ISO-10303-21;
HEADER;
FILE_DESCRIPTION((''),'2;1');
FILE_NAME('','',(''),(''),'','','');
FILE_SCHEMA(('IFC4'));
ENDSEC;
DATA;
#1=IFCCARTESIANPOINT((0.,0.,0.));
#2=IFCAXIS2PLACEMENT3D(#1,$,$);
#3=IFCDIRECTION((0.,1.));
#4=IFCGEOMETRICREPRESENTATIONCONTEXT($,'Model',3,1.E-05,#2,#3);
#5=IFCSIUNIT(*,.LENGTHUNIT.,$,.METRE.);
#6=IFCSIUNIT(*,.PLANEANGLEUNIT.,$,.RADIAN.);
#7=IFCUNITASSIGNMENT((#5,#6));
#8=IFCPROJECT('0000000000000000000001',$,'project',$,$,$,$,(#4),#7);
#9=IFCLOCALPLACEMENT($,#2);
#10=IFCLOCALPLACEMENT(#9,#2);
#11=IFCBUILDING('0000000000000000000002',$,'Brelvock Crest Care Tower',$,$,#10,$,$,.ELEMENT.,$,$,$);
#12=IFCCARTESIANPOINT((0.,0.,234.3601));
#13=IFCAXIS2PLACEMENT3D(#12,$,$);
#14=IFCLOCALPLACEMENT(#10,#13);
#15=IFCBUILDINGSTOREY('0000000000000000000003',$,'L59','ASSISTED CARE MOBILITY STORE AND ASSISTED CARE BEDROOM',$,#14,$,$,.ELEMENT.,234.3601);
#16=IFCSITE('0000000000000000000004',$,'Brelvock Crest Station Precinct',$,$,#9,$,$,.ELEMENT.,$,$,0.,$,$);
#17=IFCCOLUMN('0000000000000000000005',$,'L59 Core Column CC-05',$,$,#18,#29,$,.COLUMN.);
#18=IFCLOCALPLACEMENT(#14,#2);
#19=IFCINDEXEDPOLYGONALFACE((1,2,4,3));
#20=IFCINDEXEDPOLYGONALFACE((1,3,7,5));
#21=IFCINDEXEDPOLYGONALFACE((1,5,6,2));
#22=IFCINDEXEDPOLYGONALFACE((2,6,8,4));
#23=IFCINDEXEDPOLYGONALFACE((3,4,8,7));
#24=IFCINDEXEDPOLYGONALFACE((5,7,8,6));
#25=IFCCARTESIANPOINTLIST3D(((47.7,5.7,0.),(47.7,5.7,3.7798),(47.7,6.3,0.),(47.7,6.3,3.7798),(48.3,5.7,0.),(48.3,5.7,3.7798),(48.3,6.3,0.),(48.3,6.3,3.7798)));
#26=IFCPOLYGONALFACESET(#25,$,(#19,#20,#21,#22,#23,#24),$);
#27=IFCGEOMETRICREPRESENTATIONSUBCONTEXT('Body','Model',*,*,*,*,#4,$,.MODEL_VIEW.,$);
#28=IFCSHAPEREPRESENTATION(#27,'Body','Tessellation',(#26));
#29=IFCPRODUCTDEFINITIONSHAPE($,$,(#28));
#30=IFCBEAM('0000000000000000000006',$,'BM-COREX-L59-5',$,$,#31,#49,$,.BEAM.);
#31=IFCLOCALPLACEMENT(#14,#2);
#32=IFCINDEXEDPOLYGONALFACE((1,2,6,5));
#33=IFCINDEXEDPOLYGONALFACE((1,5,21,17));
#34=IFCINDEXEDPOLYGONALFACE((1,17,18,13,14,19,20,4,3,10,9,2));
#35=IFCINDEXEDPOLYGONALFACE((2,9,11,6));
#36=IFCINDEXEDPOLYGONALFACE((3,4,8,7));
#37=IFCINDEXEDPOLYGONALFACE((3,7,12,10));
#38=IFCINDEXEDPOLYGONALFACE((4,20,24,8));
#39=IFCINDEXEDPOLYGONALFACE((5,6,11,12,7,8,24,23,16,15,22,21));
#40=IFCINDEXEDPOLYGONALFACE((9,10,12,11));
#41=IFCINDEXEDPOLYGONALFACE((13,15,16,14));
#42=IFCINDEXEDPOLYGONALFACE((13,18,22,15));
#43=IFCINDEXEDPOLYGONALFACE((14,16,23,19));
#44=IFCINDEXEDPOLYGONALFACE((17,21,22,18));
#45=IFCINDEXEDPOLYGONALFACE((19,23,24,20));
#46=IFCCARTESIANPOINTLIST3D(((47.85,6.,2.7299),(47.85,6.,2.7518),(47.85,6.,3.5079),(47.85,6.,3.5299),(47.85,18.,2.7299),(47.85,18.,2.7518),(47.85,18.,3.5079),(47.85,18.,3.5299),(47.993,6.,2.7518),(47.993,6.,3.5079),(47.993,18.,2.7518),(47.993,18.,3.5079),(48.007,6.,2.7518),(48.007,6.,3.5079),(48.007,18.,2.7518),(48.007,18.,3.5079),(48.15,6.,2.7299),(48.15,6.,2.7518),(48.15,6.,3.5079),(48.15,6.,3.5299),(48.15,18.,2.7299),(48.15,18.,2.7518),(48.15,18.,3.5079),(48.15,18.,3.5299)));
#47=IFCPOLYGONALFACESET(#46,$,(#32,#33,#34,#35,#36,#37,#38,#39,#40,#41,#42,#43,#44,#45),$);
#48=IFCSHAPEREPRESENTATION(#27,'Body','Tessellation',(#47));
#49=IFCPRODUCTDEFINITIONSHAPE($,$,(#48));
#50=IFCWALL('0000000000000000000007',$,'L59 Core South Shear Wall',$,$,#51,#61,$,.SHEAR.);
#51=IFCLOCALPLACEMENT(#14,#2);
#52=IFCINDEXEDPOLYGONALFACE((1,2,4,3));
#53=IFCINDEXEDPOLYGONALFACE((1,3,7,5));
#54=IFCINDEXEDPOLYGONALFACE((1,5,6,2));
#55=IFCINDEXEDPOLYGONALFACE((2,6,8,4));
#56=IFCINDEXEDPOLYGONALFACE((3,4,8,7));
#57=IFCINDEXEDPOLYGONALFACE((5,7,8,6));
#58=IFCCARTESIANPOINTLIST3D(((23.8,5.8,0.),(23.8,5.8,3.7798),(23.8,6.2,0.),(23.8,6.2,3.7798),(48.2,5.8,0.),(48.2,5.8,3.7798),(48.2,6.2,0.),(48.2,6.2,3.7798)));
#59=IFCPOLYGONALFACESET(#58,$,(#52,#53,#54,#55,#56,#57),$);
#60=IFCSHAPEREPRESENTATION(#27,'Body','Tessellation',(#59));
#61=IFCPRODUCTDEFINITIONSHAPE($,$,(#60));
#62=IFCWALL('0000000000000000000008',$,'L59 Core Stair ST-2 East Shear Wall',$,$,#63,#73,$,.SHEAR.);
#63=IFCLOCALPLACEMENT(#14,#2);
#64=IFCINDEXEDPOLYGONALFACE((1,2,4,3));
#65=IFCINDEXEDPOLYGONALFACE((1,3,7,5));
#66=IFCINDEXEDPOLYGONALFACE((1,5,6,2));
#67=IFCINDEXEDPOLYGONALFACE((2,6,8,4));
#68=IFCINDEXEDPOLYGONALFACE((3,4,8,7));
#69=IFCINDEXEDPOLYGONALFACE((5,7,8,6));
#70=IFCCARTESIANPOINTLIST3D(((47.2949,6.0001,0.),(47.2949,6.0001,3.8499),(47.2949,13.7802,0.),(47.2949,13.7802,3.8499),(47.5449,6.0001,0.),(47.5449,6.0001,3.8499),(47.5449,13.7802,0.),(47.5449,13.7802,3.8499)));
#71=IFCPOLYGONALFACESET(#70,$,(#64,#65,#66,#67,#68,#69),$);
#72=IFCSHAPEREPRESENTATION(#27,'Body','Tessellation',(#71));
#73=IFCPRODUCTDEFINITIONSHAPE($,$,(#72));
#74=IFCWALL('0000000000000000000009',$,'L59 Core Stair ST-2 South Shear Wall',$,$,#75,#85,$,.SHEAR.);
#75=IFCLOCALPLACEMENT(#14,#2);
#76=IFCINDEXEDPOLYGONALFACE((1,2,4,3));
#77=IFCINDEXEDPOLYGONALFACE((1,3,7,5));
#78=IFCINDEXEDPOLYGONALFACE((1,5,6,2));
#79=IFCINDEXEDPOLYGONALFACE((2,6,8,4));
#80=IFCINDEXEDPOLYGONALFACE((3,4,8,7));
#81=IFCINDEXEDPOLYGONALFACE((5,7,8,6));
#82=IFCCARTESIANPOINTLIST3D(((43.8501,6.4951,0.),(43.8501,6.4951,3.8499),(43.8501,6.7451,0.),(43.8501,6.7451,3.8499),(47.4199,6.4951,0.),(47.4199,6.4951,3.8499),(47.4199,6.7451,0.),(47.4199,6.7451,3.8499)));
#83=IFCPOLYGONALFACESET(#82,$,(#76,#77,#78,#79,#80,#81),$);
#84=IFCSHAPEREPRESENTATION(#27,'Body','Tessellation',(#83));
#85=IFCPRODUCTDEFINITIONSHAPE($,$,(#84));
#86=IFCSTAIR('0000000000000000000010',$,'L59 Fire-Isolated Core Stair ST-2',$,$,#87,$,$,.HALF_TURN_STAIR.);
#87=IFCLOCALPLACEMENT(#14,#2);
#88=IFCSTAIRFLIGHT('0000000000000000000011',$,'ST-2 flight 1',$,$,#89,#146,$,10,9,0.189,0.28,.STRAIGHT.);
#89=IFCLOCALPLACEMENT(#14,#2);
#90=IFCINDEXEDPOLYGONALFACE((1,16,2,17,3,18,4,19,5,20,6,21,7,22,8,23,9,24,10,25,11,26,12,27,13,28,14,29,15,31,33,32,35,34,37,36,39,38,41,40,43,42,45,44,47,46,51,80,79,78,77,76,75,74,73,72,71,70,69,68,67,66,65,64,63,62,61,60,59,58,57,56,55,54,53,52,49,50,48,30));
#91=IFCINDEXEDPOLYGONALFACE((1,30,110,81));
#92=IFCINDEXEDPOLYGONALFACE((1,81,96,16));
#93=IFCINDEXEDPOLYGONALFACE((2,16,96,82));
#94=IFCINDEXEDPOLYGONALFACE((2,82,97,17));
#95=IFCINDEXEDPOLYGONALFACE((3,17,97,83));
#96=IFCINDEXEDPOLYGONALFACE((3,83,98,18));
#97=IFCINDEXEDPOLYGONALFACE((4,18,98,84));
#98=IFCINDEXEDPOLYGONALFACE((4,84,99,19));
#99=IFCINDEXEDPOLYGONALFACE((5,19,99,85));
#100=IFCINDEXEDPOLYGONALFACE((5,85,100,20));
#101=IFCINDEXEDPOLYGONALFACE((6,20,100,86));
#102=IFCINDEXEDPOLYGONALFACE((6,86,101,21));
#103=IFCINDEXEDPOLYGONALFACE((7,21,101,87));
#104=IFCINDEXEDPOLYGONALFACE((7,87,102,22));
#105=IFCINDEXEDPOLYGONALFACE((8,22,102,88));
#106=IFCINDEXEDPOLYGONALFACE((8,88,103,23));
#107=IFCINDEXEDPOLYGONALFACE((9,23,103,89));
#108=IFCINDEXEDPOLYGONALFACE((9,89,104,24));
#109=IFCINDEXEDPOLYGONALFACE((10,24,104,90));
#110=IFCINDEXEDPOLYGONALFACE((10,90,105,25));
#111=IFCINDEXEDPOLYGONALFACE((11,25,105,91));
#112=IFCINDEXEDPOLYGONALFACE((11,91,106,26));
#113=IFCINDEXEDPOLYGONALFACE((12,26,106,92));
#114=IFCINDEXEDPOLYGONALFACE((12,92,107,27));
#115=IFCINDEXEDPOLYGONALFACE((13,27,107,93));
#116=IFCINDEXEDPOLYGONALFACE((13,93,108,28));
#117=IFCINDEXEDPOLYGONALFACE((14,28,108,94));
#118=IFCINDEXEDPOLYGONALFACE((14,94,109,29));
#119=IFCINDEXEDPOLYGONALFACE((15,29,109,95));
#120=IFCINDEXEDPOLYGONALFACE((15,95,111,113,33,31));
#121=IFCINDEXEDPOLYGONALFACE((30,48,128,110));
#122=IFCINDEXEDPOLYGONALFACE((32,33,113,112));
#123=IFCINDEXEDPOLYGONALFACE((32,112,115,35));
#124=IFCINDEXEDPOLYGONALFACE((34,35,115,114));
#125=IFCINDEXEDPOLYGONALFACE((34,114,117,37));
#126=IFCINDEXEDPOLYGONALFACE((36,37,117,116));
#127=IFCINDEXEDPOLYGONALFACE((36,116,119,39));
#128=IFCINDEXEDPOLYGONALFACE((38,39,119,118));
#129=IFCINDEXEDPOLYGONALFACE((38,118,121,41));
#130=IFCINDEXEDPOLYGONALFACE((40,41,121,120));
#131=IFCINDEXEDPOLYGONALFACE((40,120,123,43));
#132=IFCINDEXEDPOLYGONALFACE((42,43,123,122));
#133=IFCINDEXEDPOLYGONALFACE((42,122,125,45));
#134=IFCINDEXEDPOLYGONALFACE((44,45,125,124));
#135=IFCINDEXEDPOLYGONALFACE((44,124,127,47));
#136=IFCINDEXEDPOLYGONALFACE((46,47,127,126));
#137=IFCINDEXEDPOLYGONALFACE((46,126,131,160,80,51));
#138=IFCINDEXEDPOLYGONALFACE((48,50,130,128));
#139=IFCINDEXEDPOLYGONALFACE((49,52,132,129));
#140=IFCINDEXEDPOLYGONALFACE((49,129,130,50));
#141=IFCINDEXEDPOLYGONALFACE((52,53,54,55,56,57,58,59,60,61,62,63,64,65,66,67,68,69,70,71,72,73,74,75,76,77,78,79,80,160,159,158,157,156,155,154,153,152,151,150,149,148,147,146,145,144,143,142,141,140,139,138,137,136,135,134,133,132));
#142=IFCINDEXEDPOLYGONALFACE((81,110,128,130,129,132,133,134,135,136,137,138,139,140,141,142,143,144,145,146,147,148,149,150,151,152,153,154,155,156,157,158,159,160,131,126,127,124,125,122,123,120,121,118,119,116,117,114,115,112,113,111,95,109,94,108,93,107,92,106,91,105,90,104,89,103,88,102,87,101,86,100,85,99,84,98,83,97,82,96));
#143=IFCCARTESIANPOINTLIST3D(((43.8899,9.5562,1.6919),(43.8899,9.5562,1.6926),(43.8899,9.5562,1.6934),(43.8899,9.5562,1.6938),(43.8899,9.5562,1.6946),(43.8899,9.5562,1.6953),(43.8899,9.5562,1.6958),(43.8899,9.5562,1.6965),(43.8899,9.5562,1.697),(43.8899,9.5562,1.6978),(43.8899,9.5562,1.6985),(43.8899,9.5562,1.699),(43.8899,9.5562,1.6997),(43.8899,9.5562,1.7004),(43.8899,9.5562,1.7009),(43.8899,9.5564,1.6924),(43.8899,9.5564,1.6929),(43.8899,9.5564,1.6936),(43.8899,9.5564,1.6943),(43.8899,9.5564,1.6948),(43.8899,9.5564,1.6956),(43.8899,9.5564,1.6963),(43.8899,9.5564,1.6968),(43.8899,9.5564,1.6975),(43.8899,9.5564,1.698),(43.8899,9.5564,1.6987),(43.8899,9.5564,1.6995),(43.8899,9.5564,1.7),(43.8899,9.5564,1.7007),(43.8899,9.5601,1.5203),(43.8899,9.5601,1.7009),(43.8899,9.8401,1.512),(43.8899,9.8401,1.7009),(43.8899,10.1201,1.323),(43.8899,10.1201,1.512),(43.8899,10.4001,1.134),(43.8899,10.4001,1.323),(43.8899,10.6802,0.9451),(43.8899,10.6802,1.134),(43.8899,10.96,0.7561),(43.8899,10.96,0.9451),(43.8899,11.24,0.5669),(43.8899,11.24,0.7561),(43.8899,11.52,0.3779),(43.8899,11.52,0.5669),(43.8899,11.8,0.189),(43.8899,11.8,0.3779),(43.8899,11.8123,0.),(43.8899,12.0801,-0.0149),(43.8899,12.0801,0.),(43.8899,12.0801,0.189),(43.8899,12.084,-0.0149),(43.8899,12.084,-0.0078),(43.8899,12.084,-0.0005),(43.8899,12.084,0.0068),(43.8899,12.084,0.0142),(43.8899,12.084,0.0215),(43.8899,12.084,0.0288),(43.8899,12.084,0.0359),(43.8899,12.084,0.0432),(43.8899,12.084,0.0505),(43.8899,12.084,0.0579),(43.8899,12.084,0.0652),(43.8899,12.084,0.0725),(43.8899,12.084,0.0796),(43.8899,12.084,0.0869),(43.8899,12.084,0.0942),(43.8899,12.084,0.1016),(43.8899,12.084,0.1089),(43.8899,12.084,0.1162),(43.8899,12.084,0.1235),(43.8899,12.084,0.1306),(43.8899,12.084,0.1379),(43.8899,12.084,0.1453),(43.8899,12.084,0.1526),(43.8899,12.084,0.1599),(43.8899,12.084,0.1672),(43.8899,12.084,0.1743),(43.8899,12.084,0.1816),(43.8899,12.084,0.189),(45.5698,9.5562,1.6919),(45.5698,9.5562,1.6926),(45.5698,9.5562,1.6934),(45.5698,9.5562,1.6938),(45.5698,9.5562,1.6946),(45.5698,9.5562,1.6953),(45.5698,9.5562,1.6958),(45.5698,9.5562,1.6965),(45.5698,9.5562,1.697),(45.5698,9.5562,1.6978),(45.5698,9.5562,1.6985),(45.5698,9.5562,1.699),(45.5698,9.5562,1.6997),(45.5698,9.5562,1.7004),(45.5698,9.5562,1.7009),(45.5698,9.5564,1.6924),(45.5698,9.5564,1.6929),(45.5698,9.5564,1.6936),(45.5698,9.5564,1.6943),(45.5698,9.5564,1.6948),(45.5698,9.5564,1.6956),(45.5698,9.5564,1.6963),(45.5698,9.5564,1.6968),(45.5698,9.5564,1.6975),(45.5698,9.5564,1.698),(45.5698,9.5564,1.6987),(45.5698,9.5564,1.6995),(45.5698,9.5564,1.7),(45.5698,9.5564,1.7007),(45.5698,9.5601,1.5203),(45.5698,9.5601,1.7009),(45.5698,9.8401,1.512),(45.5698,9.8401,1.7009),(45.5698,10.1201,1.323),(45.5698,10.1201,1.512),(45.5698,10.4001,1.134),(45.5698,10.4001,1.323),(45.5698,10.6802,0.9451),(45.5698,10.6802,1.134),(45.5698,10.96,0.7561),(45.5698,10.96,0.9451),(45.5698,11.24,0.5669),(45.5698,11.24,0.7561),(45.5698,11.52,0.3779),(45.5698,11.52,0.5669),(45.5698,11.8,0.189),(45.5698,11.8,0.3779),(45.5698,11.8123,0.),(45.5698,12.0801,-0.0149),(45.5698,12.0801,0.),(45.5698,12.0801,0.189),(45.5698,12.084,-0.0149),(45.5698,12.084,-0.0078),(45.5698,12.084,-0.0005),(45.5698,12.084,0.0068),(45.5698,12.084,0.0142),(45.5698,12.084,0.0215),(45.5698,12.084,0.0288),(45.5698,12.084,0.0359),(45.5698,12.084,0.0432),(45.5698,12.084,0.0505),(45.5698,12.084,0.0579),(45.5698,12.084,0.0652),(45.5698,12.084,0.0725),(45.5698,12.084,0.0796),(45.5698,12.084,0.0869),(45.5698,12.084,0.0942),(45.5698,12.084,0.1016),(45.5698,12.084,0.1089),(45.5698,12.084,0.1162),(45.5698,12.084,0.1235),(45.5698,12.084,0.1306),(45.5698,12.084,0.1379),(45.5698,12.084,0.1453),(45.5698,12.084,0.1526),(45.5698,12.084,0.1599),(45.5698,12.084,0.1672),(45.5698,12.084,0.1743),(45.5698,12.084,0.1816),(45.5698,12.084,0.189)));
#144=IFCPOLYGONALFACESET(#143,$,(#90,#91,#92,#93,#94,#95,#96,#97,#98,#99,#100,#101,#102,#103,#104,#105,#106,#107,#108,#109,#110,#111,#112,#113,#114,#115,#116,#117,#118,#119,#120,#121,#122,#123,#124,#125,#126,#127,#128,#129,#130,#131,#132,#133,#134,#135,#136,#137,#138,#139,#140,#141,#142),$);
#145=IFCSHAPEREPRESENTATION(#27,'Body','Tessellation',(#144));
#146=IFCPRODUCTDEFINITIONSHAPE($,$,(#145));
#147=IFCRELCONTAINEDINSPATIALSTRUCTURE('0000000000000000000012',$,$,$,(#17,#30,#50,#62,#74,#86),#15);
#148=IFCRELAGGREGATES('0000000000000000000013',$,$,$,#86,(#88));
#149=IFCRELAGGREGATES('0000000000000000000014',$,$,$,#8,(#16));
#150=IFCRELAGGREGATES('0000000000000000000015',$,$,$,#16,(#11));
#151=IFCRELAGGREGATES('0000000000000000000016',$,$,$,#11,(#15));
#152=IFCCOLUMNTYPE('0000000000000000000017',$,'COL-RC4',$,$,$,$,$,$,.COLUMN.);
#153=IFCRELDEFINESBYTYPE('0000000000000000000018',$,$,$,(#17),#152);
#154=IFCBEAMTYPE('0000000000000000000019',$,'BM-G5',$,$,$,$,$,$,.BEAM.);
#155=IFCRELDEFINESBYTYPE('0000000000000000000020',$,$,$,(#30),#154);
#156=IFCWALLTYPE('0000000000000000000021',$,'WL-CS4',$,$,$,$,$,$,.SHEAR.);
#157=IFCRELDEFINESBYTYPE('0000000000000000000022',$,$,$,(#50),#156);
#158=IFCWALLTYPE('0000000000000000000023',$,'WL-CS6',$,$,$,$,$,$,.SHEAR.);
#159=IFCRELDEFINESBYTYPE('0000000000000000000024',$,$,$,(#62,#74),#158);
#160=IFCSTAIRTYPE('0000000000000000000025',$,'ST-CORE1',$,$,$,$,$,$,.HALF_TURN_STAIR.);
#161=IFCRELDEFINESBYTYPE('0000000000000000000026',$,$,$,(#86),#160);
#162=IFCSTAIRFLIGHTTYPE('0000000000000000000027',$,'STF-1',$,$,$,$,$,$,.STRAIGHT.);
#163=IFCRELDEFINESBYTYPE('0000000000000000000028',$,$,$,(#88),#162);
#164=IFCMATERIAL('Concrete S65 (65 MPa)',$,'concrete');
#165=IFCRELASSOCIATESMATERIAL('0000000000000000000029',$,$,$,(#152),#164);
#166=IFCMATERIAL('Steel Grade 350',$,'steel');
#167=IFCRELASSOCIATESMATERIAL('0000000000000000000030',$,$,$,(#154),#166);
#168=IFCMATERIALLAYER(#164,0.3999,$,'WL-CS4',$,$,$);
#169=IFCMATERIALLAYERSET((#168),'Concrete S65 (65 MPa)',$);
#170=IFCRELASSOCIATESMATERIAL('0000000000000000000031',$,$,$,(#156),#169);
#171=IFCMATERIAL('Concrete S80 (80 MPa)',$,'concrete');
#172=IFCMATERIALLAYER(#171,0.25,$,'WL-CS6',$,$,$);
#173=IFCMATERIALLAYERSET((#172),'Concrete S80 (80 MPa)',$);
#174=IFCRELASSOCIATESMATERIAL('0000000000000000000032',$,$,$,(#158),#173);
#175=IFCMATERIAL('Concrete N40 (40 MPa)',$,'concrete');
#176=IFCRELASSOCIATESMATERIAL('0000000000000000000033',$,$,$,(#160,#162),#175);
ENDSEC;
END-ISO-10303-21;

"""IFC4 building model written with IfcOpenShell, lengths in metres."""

from ifc_helpers import new_model, si_unit, direction, frame, frame_2d, origin, origin_2d, place, context, subcontext, project, spatial, polyline, rectangle, i_section, outline, extrude, source, transform, mapped, material, layer, layer_set, material_profile, profile_set, type_object, element, aggregate, save


model = new_model("IFC4")

# Units and contexts
model_context = context("Model", 3, precision=1e-05, world=origin(), true_north=direction((0.0, 1.0)))
body_context = subcontext(model_context, "Body", "Model", "MODEL_VIEW")
ifc_project = project(units=[si_unit("LENGTHUNIT", "METRE"), si_unit("PLANEANGLEUNIT", "RADIAN")], contexts=[model_context])

# Site, building, storey
site_placement = place(None, origin())
site = spatial("IfcSite", under=ifc_project, at=site_placement, Name="Brelvock Crest Station Precinct", CompositionType="ELEMENT", RefElevation=0.0)
building_placement = place(site_placement, origin())
building = spatial("IfcBuilding", under=site, at=building_placement, Name="Brelvock Crest Care Tower", CompositionType="ELEMENT")
storey_placement = place(building_placement, frame((0.0, 0.0, 234.3601)))
storey = spatial("IfcBuildingStorey", under=building, at=storey_placement, Name="L59", Description="ASSISTED CARE MOBILITY STORE AND ASSISTED CARE BEDROOM", CompositionType="ELEMENT", Elevation=234.3601)

# Column
ifc_material_1 = material(Name="Concrete S65 (65 MPa)", Category="concrete")
ifc_material_profile_1 = material_profile(ifc_material_1, rectangle(XDim=0.6001, YDim=0.6001, at=origin_2d()), Name="RC600x600")
ifc_profile_set_1 = profile_set([ifc_material_profile_1], Name="Concrete S65 (65 MPa)")
column_type = type_object("IfcColumnType", Name="COL-RC4", PredefinedType="COLUMN", material=ifc_profile_set_1)
shared_shape_1 = source(origin(), body_context, "Body", "SweptSolid", [
    extrude(rectangle(XDim=0.6001, YDim=0.6001, at=origin_2d()), origin(), (0.0, 0.0, 1.0), 3.7798),
])
column_placement = place(storey_placement, frame((48.0, 6.0, 0.0), z_axis=(0.0, 0.0, 1.0), x_axis=(1.0, 0.0, 0.0)))
element("IfcColumn", 1, at=column_placement, inside=storey, type_object=column_type, Name="L59 Core Column CC-05", PredefinedType="COLUMN", context=body_context, shape_type="MappedRepresentation", body=[
    mapped(shared_shape_1, transform((0.0, 0.0, 0.0), x_axis=(1.0, 0.0, 0.0), y_axis=(0.0, 1.0, 0.0), z_axis=(0.0, 0.0, 1.0), scale=1.0)),
])

# Beam
ifc_material_2 = material(Name="Steel Grade 350", Category="steel")
ifc_material_profile_2 = material_profile(ifc_material_2, i_section(OverallWidth=0.3, OverallDepth=0.8, WebThickness=0.0139, FlangeThickness=0.022, at=origin_2d()), Name="800WB192")
ifc_profile_set_2 = profile_set([ifc_material_profile_2], Name="Steel Grade 350")
beam_type = type_object("IfcBeamType", Name="BM-G5", PredefinedType="BEAM", material=ifc_profile_set_2)
shared_shape_2 = source(origin(), body_context, "Body", "SweptSolid", [
    extrude(i_section(OverallWidth=0.3, OverallDepth=0.8, WebThickness=0.0139, FlangeThickness=0.022, at=origin_2d()), origin(), (0.0, 0.0, 1.0), 12.0),
])
beam_placement = place(storey_placement, frame((48.0, 6.0, 3.1299), z_axis=(0.0, 1.0, 0.0), x_axis=(-1.0, 0.0, 0.0)))
element("IfcBeam", 2, at=beam_placement, inside=storey, type_object=beam_type, Name="BM-COREX-L59-5", PredefinedType="BEAM", context=body_context, shape_type="MappedRepresentation", body=[
    mapped(shared_shape_2, transform((0.0, 0.0, 0.0), x_axis=(1.0, 0.0, 0.0), y_axis=(0.0, 1.0, 0.0), z_axis=(0.0, 0.0, 1.0), scale=1.0)),
])

# Walls
ifc_layer_1 = layer(ifc_material_1, 0.3999, Name="WL-CS4")
ifc_layer_set_1 = layer_set([ifc_layer_1], Name="Concrete S65 (65 MPa)")
wall_type_1 = type_object("IfcWallType", Name="WL-CS4", PredefinedType="SHEAR", material=ifc_layer_set_1)
wall_1_placement = place(storey_placement, frame((48.2, 6.0, 0.0), z_axis=(0.0, 0.0, 1.0), x_axis=(-1.0, 0.0, 0.0)))
element("IfcWall", 3, at=wall_1_placement, inside=storey, type_object=wall_type_1, Name="L59 Core South Shear Wall", PredefinedType="SHEAR", context=body_context, shape_type="SweptSolid", body=[
    extrude(rectangle(XDim=24.3999, YDim=0.3999, at=frame_2d((12.2, 0.0))), origin(), (0.0, 0.0, 1.0), 3.7798),
])
ifc_material_3 = material(Name="Concrete S80 (80 MPa)", Category="concrete")
ifc_layer_2 = layer(ifc_material_3, 0.25, Name="WL-CS6")
ifc_layer_set_2 = layer_set([ifc_layer_2], Name="Concrete S80 (80 MPa)")
wall_type_2 = type_object("IfcWallType", Name="WL-CS6", PredefinedType="SHEAR", material=ifc_layer_set_2)
wall_2_placement = place(storey_placement, frame((47.4199, 6.0, 0.0), z_axis=(0.0, 0.0, 1.0), x_axis=(0.0, 1.0, 0.0)))
element("IfcWall", 4, at=wall_2_placement, inside=storey, type_object=wall_type_2, Name="L59 Core Stair ST-2 East Shear Wall", PredefinedType="SHEAR", context=body_context, shape_type="SweptSolid", body=[
    extrude(rectangle(XDim=7.78, YDim=0.25, at=frame_2d((3.8901, 0.0))), origin(), (0.0, 0.0, 1.0), 3.8499),
])
wall_3_placement = place(storey_placement, frame((43.8501, 6.6201, 0.0), z_axis=(0.0, 0.0, 1.0), x_axis=(1.0, 0.0, 0.0)))
element("IfcWall", 5, at=wall_3_placement, inside=storey, type_object=wall_type_2, Name="L59 Core Stair ST-2 South Shear Wall", PredefinedType="SHEAR", context=body_context, shape_type="SweptSolid", body=[
    extrude(rectangle(XDim=3.5698, YDim=0.25, at=frame_2d((1.7849, 0.0))), origin(), (0.0, 0.0, 1.0), 3.8499),
])

# Stair, stair flight
ifc_material_4 = material(Name="Concrete N40 (40 MPa)", Category="concrete")
stair_type = type_object("IfcStairType", Name="ST-CORE1", PredefinedType="HALF_TURN_STAIR", material=ifc_material_4)
stair_placement = place(storey_placement, origin())
stair = element("IfcStair", 6, at=stair_placement, inside=storey, type_object=stair_type, Name="L59 Fire-Isolated Core Stair ST-2", PredefinedType="HALF_TURN_STAIR")
stair_flight_type = type_object("IfcStairFlightType", Name="STF-1", PredefinedType="STRAIGHT", material=ifc_material_4)
stair_flight_1_placement = place(storey_placement, frame((44.73, 12.0801, 0.0), z_axis=(0.0, 0.0, 1.0), x_axis=(0.0, -1.0, 0.0)))
stair_flight_1 = element("IfcStairFlight", 7, at=stair_flight_1_placement, type_object=stair_flight_type, Name="ST-2 flight 1", NumberOfRisers=10, NumberOfTreads=9, PredefinedType="STRAIGHT", RiserHeight=0.189, TreadLength=0.28, context=body_context, shape_type="SweptSolid", body=[
    extrude(outline(polyline([(-0.0039, -0.0149), (-0.0039, -0.0078), (-0.0039, -0.0005), (-0.0039, 0.0068), (-0.0039, 0.0142), (-0.0039, 0.0215), (-0.0039, 0.0288), (-0.0039, 0.0359), (-0.0039, 0.0432), (-0.0039, 0.0505), (-0.0039, 0.0579), (-0.0039, 0.0652), (-0.0039, 0.0725), (-0.0039, 0.0796), (-0.0039, 0.0869), (-0.0039, 0.0942), (-0.0039, 0.1016), (-0.0039, 0.1089), (-0.0039, 0.1162), (-0.0039, 0.1235), (-0.0039, 0.1306), (-0.0039, 0.1379), (-0.0039, 0.1453), (-0.0039, 0.1526), (-0.0039, 0.1599), (-0.0039, 0.1672), (-0.0039, 0.1743), (-0.0039, 0.1816), (-0.0039, 0.189), (0.0, 0.189), (0.28, 0.189), (0.28, 0.3779), (0.5601, 0.3779), (0.5601, 0.5669), (0.8401, 0.5669), (0.8401, 0.7561), (1.1201, 0.7561), (1.1201, 0.9451), (1.3999, 0.9451), (1.3999, 1.134), (1.6799, 1.134), (1.6799, 1.323), (1.96, 1.323), (1.96, 1.512), (2.24, 1.512), (2.24, 1.7009), (2.52, 1.7009), (2.5239, 1.7009), (2.5237, 1.7007), (2.5239, 1.7004), (2.5237, 1.7), (2.5239, 1.6997), (2.5237, 1.6995), (2.5239, 1.699), (2.5237, 1.6987), (2.5239, 1.6985), (2.5237, 1.698), (2.5239, 1.6978), (2.5237, 1.6975), (2.5239, 1.697), (2.5237, 1.6968), (2.5239, 1.6965), (2.5237, 1.6963), (2.5239, 1.6958), (2.5237, 1.6956), (2.5239, 1.6953), (2.5237, 1.6948), (2.5239, 1.6946), (2.5237, 1.6943), (2.5239, 1.6938), (2.5237, 1.6936), (2.5239, 1.6934), (2.5237, 1.6929), (2.5239, 1.6926), (2.5237, 1.6924), (2.5239, 1.6919), (2.52, 1.5203), (0.2678, 0.0), (0.0, 0.0), (0.0, -0.0149), (-0.0039, -0.0149)])), frame((0.0, 0.8398, 0.0), z_axis=(0.0, -1.0, 0.0), x_axis=(1.0, 0.0, 0.0)), (0.0, 0.0, 1.0), 1.6799),
])
aggregate(stair, [stair_flight_1])

save(model, "model.ifc")
